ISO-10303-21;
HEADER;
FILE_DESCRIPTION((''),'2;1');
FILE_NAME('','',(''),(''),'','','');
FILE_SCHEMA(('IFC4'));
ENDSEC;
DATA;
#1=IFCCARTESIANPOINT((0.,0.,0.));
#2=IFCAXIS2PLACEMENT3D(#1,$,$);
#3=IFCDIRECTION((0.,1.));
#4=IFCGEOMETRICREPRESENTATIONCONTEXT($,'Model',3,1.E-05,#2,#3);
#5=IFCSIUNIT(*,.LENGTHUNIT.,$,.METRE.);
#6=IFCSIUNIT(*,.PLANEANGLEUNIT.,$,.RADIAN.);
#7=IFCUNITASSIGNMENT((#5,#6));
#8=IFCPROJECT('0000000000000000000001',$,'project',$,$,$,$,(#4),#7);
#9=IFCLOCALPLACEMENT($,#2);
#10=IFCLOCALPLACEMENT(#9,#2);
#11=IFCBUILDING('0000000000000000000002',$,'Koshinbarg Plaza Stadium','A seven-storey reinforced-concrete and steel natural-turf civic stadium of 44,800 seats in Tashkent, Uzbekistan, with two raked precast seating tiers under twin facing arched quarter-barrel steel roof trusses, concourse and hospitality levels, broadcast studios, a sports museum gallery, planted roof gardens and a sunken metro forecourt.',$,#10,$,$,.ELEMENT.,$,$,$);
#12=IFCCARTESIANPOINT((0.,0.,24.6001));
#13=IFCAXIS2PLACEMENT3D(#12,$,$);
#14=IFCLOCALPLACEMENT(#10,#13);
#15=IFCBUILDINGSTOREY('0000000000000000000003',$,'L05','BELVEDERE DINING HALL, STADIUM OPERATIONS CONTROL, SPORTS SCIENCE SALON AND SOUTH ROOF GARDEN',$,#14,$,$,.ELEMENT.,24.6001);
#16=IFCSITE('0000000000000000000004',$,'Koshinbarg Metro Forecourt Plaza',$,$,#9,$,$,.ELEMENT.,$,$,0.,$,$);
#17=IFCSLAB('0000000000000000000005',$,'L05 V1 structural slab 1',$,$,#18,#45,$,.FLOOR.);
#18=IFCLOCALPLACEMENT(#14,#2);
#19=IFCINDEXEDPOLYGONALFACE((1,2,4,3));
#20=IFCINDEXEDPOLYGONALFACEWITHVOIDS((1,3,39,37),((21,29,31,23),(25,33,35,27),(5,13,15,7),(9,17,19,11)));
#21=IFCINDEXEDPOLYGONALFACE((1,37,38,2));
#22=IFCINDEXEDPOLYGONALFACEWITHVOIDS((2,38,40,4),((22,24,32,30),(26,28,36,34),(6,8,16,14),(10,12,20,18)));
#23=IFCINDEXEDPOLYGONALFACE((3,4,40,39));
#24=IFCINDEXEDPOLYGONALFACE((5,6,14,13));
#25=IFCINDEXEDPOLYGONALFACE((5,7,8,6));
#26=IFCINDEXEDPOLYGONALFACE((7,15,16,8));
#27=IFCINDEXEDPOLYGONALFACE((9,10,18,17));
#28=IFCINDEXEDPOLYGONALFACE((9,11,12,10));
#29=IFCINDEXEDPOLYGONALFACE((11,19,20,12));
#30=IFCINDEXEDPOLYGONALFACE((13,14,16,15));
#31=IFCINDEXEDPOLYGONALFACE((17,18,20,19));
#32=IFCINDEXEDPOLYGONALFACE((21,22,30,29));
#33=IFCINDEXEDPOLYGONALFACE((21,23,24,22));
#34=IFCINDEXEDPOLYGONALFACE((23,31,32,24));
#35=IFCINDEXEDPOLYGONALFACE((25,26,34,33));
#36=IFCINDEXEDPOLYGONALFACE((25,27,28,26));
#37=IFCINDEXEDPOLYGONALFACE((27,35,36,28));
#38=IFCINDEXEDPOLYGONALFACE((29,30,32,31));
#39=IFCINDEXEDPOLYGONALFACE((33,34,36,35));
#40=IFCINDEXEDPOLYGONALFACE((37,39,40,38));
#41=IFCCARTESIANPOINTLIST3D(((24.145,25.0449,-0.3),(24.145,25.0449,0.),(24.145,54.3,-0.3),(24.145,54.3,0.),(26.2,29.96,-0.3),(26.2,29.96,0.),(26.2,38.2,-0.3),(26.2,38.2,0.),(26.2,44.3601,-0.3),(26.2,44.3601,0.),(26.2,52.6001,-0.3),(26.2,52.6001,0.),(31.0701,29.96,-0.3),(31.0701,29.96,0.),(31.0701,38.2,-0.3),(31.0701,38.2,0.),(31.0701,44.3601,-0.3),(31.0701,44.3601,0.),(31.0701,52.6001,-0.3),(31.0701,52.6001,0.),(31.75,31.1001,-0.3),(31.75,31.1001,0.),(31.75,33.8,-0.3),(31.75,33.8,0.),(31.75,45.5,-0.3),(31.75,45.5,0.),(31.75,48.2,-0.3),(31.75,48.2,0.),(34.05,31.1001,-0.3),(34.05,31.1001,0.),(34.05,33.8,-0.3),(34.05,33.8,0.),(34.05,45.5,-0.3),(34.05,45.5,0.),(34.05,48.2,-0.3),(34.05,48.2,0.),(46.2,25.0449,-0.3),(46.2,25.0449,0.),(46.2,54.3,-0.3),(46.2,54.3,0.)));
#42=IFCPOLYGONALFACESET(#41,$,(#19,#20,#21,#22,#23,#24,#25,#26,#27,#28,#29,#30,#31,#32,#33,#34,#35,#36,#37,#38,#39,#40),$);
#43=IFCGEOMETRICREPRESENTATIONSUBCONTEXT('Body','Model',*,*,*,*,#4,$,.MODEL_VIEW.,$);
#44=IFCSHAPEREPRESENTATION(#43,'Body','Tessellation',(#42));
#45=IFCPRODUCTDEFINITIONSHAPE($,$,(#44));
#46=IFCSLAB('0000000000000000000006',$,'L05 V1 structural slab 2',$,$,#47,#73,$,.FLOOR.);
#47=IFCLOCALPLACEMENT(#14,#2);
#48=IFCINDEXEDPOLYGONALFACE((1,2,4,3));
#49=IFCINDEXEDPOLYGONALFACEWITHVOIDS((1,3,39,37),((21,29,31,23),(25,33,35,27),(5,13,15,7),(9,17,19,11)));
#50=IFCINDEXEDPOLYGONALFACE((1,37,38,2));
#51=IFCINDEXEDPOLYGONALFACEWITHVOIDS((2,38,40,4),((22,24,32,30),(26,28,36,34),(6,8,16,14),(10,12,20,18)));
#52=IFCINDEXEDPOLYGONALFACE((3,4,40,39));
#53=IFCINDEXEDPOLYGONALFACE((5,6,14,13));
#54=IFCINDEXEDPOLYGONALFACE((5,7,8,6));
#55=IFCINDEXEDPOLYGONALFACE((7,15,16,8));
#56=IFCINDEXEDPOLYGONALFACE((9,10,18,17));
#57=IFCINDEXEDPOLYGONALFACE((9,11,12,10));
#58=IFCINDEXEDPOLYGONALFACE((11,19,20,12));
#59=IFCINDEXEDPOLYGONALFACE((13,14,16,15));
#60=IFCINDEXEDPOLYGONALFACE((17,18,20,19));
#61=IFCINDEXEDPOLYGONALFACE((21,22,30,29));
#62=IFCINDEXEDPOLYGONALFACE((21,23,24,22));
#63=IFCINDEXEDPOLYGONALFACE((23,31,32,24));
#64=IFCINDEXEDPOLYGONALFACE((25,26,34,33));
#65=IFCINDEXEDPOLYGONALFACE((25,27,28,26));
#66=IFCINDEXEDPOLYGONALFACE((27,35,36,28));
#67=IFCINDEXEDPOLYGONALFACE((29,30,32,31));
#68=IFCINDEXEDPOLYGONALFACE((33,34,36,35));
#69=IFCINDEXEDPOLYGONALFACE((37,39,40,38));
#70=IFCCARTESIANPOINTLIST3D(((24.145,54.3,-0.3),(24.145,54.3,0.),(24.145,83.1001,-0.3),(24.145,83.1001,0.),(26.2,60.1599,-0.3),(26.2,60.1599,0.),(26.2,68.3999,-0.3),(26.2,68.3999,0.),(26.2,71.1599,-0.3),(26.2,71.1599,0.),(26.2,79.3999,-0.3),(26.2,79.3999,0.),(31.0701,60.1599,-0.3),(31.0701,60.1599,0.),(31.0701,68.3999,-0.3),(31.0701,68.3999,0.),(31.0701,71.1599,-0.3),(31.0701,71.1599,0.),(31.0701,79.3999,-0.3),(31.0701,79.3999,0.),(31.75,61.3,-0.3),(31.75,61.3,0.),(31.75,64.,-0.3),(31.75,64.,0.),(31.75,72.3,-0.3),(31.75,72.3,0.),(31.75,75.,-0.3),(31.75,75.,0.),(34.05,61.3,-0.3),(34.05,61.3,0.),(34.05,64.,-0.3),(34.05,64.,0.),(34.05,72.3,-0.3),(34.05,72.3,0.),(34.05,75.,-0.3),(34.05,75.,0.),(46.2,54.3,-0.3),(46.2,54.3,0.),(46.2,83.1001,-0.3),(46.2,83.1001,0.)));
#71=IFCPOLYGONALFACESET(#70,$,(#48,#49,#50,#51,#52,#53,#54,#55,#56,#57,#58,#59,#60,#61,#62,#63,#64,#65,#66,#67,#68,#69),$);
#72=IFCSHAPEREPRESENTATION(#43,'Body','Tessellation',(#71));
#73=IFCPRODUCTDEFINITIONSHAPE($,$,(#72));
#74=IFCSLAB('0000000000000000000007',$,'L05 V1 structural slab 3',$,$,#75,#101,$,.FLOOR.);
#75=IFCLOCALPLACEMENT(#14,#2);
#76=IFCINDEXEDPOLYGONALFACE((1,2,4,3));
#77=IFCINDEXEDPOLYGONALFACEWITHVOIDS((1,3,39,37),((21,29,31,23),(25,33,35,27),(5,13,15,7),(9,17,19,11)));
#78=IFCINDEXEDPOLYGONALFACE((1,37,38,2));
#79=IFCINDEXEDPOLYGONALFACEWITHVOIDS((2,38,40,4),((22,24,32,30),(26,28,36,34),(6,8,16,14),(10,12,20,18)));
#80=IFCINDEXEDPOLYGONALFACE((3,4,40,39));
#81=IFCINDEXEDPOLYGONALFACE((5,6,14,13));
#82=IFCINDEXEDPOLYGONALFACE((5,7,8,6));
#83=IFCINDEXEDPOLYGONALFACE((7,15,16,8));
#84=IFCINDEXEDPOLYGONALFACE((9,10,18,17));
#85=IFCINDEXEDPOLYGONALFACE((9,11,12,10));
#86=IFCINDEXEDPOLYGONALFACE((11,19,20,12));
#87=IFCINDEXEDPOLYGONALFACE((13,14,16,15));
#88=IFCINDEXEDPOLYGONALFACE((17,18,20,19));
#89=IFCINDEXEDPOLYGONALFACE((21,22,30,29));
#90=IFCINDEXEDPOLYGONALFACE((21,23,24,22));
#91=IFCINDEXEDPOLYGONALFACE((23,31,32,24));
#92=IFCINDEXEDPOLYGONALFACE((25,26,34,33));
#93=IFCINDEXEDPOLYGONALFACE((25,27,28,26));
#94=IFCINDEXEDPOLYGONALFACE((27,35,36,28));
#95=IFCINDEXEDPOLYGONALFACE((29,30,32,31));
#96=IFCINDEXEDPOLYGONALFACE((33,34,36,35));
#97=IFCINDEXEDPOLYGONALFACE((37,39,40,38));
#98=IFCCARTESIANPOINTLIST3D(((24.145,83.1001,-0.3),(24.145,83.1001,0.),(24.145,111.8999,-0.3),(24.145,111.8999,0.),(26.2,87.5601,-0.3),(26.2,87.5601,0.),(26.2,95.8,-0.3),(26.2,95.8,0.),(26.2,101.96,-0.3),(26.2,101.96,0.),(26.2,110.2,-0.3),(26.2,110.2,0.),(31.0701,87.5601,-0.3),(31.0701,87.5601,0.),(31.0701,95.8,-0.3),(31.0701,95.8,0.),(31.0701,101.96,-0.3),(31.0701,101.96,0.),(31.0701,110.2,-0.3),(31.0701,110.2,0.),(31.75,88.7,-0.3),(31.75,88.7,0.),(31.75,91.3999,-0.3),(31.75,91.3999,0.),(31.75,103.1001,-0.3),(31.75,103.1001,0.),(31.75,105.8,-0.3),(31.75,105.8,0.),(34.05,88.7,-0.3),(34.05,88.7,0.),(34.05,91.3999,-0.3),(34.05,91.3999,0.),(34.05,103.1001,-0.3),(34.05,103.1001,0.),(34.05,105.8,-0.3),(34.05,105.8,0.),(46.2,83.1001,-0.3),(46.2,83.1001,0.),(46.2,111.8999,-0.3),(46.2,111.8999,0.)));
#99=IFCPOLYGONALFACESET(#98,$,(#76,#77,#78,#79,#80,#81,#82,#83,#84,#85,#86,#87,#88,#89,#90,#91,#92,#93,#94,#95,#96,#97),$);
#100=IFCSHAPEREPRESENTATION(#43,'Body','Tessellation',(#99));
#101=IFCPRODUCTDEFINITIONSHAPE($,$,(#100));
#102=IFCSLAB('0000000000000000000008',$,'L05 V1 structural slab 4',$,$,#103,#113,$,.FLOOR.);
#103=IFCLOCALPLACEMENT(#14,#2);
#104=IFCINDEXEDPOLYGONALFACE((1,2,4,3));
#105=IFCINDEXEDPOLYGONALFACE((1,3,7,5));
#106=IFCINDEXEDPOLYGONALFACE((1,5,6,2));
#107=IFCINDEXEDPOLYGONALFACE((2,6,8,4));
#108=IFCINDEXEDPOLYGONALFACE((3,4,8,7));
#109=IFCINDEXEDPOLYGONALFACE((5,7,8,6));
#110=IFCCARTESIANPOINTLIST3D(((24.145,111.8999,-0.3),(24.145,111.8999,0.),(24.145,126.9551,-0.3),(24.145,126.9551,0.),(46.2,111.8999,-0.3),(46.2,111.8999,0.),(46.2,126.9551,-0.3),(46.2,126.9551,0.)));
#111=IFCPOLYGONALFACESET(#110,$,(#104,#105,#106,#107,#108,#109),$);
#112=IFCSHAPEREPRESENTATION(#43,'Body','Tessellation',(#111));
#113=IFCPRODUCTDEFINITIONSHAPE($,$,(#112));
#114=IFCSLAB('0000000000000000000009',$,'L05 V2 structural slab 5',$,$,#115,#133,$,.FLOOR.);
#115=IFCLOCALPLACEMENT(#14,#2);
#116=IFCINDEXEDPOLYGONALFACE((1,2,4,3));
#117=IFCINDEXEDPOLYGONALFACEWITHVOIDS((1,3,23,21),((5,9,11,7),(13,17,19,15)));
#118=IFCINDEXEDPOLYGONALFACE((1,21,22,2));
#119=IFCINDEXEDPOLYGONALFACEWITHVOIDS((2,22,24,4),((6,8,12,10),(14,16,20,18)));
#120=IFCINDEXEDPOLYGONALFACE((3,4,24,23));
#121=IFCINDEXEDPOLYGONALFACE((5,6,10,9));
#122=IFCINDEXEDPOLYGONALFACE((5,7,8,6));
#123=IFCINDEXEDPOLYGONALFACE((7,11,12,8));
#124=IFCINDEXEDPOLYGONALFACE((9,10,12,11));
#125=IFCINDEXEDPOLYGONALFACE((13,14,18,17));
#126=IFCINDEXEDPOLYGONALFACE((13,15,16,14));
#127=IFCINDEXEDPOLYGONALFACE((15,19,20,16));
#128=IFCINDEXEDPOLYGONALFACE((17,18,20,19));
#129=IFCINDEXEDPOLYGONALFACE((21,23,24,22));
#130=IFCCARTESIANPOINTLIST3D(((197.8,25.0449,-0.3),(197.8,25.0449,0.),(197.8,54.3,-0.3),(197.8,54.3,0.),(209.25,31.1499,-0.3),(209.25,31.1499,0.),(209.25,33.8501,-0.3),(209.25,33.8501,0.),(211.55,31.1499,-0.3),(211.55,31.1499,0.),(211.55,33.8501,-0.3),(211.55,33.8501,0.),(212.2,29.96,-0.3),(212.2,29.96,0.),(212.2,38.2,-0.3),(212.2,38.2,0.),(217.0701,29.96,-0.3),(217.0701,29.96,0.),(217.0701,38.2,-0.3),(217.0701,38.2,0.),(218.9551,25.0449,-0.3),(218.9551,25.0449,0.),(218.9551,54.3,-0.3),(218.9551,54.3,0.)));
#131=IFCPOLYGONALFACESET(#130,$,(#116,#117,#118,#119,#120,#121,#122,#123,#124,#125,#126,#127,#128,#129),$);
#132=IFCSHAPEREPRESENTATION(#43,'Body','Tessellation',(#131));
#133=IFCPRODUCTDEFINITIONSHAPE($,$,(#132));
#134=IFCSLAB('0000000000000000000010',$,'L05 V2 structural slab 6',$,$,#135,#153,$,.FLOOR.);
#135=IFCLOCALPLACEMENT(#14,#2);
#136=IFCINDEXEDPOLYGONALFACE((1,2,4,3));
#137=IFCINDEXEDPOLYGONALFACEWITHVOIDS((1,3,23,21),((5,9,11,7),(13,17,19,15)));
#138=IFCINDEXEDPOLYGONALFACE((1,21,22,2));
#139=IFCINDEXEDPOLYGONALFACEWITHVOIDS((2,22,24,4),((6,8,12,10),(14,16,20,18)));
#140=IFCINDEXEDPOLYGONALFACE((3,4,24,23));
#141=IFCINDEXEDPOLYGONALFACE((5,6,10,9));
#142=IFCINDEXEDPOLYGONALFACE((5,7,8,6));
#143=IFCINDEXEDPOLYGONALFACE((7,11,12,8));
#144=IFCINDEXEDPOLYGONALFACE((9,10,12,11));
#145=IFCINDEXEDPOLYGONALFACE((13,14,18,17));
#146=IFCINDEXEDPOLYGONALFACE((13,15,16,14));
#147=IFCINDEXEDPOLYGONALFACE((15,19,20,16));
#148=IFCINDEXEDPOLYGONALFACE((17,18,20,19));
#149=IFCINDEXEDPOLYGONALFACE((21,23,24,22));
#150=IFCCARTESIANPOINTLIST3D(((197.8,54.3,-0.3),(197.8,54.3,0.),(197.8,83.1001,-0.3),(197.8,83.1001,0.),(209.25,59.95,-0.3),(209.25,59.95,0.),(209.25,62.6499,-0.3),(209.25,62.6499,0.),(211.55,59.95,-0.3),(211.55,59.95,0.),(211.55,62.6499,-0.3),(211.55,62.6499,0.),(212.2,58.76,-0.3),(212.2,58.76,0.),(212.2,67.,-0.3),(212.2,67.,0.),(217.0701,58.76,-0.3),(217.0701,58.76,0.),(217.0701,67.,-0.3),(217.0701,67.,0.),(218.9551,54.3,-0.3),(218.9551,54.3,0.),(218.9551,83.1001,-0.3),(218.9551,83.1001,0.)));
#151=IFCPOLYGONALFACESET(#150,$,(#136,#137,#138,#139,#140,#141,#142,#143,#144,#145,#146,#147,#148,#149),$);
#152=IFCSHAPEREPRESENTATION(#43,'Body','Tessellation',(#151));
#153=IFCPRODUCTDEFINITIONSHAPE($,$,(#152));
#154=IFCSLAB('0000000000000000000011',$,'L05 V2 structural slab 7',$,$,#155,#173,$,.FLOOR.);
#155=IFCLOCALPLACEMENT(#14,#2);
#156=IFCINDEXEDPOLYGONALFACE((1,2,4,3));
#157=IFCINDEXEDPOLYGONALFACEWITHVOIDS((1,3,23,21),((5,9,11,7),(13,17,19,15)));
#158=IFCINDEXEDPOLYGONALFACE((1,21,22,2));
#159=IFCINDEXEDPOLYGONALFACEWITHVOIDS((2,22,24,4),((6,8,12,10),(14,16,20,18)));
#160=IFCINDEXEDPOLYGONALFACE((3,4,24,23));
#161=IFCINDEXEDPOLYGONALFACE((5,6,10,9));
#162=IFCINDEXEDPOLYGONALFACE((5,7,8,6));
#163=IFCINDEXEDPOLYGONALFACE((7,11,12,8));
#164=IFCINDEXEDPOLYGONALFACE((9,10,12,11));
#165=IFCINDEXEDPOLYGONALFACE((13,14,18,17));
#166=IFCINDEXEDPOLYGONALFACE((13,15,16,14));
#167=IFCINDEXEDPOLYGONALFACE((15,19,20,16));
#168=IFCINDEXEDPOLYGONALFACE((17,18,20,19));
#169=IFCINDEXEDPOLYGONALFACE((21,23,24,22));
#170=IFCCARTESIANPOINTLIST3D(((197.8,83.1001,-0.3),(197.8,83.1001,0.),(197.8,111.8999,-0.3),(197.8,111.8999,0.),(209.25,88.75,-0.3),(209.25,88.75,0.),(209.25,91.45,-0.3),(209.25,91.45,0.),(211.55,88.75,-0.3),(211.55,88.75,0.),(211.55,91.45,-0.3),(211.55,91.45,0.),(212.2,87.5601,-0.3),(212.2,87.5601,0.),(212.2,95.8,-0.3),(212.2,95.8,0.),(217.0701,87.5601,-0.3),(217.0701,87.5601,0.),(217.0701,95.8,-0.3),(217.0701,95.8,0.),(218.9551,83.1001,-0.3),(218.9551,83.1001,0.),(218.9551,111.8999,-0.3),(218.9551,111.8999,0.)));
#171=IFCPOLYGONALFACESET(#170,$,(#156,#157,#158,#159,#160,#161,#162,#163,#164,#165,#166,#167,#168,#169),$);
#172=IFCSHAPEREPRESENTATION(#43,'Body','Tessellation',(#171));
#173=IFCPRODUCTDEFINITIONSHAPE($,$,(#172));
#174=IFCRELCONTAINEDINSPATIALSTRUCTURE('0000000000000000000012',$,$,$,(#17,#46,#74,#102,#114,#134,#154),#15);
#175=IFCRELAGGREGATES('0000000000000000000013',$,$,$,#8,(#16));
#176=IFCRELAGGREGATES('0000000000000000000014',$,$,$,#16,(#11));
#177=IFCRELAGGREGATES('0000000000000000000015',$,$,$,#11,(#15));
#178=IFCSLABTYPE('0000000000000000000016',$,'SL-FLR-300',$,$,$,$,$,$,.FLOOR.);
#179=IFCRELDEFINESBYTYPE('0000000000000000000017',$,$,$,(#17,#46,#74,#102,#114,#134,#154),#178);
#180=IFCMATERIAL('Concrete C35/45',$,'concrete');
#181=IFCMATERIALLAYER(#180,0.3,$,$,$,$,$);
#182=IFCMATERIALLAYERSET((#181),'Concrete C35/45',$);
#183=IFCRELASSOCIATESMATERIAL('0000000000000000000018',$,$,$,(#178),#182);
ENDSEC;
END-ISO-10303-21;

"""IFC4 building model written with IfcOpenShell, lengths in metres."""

from ifc_helpers import new_model, si_unit, direction, frame, origin, place, context, subcontext, project, spatial, polyline, outline, extrude, material, layer, layer_set, type_object, element, save


model = new_model("IFC4")

# Units and contexts
model_context = context("Model", 3, precision=1e-05, world=origin(), true_north=direction((0.0, 1.0)))
body_context = subcontext(model_context, "Body", "Model", "MODEL_VIEW")
ifc_project = project(units=[si_unit("LENGTHUNIT", "METRE"), si_unit("PLANEANGLEUNIT", "RADIAN")], contexts=[model_context])

# Site, building, storey
site_placement = place(None, origin())
site = spatial("IfcSite", under=ifc_project, at=site_placement, Name="Koshinbarg Metro Forecourt Plaza", CompositionType="ELEMENT", RefElevation=0.0)
building_placement = place(site_placement, origin())
building = spatial("IfcBuilding", under=site, at=building_placement, Name="Koshinbarg Plaza Stadium", Description="A seven-storey reinforced-concrete and steel natural-turf civic stadium of 44,800 seats in Tashkent, Uzbekistan, with two raked precast seating tiers under twin facing arched quarter-barrel steel roof trusses, concourse and hospitality levels, broadcast studios, a sports museum gallery, planted roof gardens and a sunken metro forecourt.", CompositionType="ELEMENT")
storey_placement = place(building_placement, frame((0.0, 0.0, 24.6001)))
storey = spatial("IfcBuildingStorey", under=building, at=storey_placement, Name="L05", Description="BELVEDERE DINING HALL, STADIUM OPERATIONS CONTROL, SPORTS SCIENCE SALON AND SOUTH ROOF GARDEN", CompositionType="ELEMENT", Elevation=24.6001)

# Shared definitions
ifc_material_1 = material(Name="Concrete C35/45", Category="concrete")

# Slabs
ifc_layer_1 = layer(ifc_material_1, 0.3)
ifc_layer_set_1 = layer_set([ifc_layer_1], Name="Concrete C35/45")
slab_type_1 = type_object("IfcSlabType", Name="SL-FLR-300", PredefinedType="FLOOR", material=ifc_layer_set_1)
slab_1_placement = place(storey_placement, frame((0.0, 0.0, -0.3)))
element("IfcSlab", 1, at=slab_1_placement, inside=storey, type_object=slab_type_1, Name="L05 V1 structural slab 1", PredefinedType="FLOOR", context=body_context, shape_type="SweptSolid", body=[
    extrude(outline(polyline([(24.145, 25.0449), (46.2, 25.0449), (46.2, 54.3), (24.145, 54.3), (24.145, 25.0449)]), holes=[polyline([(31.0701, 29.96), (31.0701, 38.2), (26.2, 38.2), (26.2, 29.96), (31.0701, 29.96)]), polyline([(31.75, 31.1001), (34.05, 31.1001), (34.05, 33.8), (31.75, 33.8), (31.75, 31.1001)]), polyline([(31.0701, 44.3601), (31.0701, 52.6001), (26.2, 52.6001), (26.2, 44.3601), (31.0701, 44.3601)]), polyline([(31.75, 45.5), (34.05, 45.5), (34.05, 48.2), (31.75, 48.2), (31.75, 45.5)])]), origin(), (0.0, 0.0, 1.0), 0.3),
])
slab_2_placement = place(storey_placement, frame((0.0, 0.0, -0.3)))
element("IfcSlab", 2, at=slab_2_placement, inside=storey, type_object=slab_type_1, Name="L05 V1 structural slab 2", PredefinedType="FLOOR", context=body_context, shape_type="SweptSolid", body=[
    extrude(outline(polyline([(24.145, 54.3), (46.2, 54.3), (46.2, 83.1001), (24.145, 83.1001), (24.145, 54.3)]), holes=[polyline([(31.0701, 60.1599), (31.0701, 68.3999), (26.2, 68.3999), (26.2, 60.1599), (31.0701, 60.1599)]), polyline([(31.75, 61.3), (34.05, 61.3), (34.05, 64.0), (31.75, 64.0), (31.75, 61.3)]), polyline([(31.0701, 71.1599), (31.0701, 79.3999), (26.2, 79.3999), (26.2, 71.1599), (31.0701, 71.1599)]), polyline([(31.75, 72.3), (34.05, 72.3), (34.05, 75.0), (31.75, 75.0), (31.75, 72.3)])]), origin(), (0.0, 0.0, 1.0), 0.3),
])
slab_3_placement = place(storey_placement, frame((0.0, 0.0, -0.3)))
element("IfcSlab", 3, at=slab_3_placement, inside=storey, type_object=slab_type_1, Name="L05 V1 structural slab 3", PredefinedType="FLOOR", context=body_context, shape_type="SweptSolid", body=[
    extrude(outline(polyline([(24.145, 83.1001), (46.2, 83.1001), (46.2, 111.8999), (24.145, 111.8999), (24.145, 83.1001)]), holes=[polyline([(31.0701, 87.5601), (31.0701, 95.8), (26.2, 95.8), (26.2, 87.5601), (31.0701, 87.5601)]), polyline([(31.75, 88.7), (34.05, 88.7), (34.05, 91.3999), (31.75, 91.3999), (31.75, 88.7)]), polyline([(31.0701, 101.96), (31.0701, 110.2), (26.2, 110.2), (26.2, 101.96), (31.0701, 101.96)]), polyline([(31.75, 103.1001), (34.05, 103.1001), (34.05, 105.8), (31.75, 105.8), (31.75, 103.1001)])]), origin(), (0.0, 0.0, 1.0), 0.3),
])
slab_4_placement = place(storey_placement, frame((0.0, 0.0, -0.3)))
element("IfcSlab", 4, at=slab_4_placement, inside=storey, type_object=slab_type_1, Name="L05 V1 structural slab 4", PredefinedType="FLOOR", context=body_context, shape_type="SweptSolid", body=[
    extrude(outline(polyline([(24.145, 111.8999), (46.2, 111.8999), (46.2, 126.9551), (24.145, 126.9551), (24.145, 111.8999)])), origin(), (0.0, 0.0, 1.0), 0.3),
])
slab_5_placement = place(storey_placement, frame((0.0, 0.0, -0.3)))
element("IfcSlab", 5, at=slab_5_placement, inside=storey, type_object=slab_type_1, Name="L05 V2 structural slab 5", PredefinedType="FLOOR", context=body_context, shape_type="SweptSolid", body=[
    extrude(outline(polyline([(197.8, 25.0449), (218.9551, 25.0449), (218.9551, 54.3), (197.8, 54.3), (197.8, 25.0449)]), holes=[polyline([(217.0701, 29.96), (217.0701, 38.2), (212.2, 38.2), (212.2, 29.96), (217.0701, 29.96)]), polyline([(209.25, 31.1499), (211.55, 31.1499), (211.55, 33.8501), (209.25, 33.8501), (209.25, 31.1499)])]), origin(), (0.0, 0.0, 1.0), 0.3),
])
slab_6_placement = place(storey_placement, frame((0.0, 0.0, -0.3)))
element("IfcSlab", 6, at=slab_6_placement, inside=storey, type_object=slab_type_1, Name="L05 V2 structural slab 6", PredefinedType="FLOOR", context=body_context, shape_type="SweptSolid", body=[
    extrude(outline(polyline([(197.8, 54.3), (218.9551, 54.3), (218.9551, 83.1001), (197.8, 83.1001), (197.8, 54.3)]), holes=[polyline([(217.0701, 58.76), (217.0701, 67.0), (212.2, 67.0), (212.2, 58.76), (217.0701, 58.76)]), polyline([(209.25, 59.95), (211.55, 59.95), (211.55, 62.6499), (209.25, 62.6499), (209.25, 59.95)])]), origin(), (0.0, 0.0, 1.0), 0.3),
])
slab_7_placement = place(storey_placement, frame((0.0, 0.0, -0.3)))
element("IfcSlab", 7, at=slab_7_placement, inside=storey, type_object=slab_type_1, Name="L05 V2 structural slab 7", PredefinedType="FLOOR", context=body_context, shape_type="SweptSolid", body=[
    extrude(outline(polyline([(197.8, 83.1001), (218.9551, 83.1001), (218.9551, 111.8999), (197.8, 111.8999), (197.8, 83.1001)]), holes=[polyline([(217.0701, 87.5601), (217.0701, 95.8), (212.2, 95.8), (212.2, 87.5601), (217.0701, 87.5601)]), polyline([(209.25, 88.75), (211.55, 88.75), (211.55, 91.45), (209.25, 91.45), (209.25, 88.75)])]), origin(), (0.0, 0.0, 1.0), 0.3),
])

save(model, "model.ifc")
